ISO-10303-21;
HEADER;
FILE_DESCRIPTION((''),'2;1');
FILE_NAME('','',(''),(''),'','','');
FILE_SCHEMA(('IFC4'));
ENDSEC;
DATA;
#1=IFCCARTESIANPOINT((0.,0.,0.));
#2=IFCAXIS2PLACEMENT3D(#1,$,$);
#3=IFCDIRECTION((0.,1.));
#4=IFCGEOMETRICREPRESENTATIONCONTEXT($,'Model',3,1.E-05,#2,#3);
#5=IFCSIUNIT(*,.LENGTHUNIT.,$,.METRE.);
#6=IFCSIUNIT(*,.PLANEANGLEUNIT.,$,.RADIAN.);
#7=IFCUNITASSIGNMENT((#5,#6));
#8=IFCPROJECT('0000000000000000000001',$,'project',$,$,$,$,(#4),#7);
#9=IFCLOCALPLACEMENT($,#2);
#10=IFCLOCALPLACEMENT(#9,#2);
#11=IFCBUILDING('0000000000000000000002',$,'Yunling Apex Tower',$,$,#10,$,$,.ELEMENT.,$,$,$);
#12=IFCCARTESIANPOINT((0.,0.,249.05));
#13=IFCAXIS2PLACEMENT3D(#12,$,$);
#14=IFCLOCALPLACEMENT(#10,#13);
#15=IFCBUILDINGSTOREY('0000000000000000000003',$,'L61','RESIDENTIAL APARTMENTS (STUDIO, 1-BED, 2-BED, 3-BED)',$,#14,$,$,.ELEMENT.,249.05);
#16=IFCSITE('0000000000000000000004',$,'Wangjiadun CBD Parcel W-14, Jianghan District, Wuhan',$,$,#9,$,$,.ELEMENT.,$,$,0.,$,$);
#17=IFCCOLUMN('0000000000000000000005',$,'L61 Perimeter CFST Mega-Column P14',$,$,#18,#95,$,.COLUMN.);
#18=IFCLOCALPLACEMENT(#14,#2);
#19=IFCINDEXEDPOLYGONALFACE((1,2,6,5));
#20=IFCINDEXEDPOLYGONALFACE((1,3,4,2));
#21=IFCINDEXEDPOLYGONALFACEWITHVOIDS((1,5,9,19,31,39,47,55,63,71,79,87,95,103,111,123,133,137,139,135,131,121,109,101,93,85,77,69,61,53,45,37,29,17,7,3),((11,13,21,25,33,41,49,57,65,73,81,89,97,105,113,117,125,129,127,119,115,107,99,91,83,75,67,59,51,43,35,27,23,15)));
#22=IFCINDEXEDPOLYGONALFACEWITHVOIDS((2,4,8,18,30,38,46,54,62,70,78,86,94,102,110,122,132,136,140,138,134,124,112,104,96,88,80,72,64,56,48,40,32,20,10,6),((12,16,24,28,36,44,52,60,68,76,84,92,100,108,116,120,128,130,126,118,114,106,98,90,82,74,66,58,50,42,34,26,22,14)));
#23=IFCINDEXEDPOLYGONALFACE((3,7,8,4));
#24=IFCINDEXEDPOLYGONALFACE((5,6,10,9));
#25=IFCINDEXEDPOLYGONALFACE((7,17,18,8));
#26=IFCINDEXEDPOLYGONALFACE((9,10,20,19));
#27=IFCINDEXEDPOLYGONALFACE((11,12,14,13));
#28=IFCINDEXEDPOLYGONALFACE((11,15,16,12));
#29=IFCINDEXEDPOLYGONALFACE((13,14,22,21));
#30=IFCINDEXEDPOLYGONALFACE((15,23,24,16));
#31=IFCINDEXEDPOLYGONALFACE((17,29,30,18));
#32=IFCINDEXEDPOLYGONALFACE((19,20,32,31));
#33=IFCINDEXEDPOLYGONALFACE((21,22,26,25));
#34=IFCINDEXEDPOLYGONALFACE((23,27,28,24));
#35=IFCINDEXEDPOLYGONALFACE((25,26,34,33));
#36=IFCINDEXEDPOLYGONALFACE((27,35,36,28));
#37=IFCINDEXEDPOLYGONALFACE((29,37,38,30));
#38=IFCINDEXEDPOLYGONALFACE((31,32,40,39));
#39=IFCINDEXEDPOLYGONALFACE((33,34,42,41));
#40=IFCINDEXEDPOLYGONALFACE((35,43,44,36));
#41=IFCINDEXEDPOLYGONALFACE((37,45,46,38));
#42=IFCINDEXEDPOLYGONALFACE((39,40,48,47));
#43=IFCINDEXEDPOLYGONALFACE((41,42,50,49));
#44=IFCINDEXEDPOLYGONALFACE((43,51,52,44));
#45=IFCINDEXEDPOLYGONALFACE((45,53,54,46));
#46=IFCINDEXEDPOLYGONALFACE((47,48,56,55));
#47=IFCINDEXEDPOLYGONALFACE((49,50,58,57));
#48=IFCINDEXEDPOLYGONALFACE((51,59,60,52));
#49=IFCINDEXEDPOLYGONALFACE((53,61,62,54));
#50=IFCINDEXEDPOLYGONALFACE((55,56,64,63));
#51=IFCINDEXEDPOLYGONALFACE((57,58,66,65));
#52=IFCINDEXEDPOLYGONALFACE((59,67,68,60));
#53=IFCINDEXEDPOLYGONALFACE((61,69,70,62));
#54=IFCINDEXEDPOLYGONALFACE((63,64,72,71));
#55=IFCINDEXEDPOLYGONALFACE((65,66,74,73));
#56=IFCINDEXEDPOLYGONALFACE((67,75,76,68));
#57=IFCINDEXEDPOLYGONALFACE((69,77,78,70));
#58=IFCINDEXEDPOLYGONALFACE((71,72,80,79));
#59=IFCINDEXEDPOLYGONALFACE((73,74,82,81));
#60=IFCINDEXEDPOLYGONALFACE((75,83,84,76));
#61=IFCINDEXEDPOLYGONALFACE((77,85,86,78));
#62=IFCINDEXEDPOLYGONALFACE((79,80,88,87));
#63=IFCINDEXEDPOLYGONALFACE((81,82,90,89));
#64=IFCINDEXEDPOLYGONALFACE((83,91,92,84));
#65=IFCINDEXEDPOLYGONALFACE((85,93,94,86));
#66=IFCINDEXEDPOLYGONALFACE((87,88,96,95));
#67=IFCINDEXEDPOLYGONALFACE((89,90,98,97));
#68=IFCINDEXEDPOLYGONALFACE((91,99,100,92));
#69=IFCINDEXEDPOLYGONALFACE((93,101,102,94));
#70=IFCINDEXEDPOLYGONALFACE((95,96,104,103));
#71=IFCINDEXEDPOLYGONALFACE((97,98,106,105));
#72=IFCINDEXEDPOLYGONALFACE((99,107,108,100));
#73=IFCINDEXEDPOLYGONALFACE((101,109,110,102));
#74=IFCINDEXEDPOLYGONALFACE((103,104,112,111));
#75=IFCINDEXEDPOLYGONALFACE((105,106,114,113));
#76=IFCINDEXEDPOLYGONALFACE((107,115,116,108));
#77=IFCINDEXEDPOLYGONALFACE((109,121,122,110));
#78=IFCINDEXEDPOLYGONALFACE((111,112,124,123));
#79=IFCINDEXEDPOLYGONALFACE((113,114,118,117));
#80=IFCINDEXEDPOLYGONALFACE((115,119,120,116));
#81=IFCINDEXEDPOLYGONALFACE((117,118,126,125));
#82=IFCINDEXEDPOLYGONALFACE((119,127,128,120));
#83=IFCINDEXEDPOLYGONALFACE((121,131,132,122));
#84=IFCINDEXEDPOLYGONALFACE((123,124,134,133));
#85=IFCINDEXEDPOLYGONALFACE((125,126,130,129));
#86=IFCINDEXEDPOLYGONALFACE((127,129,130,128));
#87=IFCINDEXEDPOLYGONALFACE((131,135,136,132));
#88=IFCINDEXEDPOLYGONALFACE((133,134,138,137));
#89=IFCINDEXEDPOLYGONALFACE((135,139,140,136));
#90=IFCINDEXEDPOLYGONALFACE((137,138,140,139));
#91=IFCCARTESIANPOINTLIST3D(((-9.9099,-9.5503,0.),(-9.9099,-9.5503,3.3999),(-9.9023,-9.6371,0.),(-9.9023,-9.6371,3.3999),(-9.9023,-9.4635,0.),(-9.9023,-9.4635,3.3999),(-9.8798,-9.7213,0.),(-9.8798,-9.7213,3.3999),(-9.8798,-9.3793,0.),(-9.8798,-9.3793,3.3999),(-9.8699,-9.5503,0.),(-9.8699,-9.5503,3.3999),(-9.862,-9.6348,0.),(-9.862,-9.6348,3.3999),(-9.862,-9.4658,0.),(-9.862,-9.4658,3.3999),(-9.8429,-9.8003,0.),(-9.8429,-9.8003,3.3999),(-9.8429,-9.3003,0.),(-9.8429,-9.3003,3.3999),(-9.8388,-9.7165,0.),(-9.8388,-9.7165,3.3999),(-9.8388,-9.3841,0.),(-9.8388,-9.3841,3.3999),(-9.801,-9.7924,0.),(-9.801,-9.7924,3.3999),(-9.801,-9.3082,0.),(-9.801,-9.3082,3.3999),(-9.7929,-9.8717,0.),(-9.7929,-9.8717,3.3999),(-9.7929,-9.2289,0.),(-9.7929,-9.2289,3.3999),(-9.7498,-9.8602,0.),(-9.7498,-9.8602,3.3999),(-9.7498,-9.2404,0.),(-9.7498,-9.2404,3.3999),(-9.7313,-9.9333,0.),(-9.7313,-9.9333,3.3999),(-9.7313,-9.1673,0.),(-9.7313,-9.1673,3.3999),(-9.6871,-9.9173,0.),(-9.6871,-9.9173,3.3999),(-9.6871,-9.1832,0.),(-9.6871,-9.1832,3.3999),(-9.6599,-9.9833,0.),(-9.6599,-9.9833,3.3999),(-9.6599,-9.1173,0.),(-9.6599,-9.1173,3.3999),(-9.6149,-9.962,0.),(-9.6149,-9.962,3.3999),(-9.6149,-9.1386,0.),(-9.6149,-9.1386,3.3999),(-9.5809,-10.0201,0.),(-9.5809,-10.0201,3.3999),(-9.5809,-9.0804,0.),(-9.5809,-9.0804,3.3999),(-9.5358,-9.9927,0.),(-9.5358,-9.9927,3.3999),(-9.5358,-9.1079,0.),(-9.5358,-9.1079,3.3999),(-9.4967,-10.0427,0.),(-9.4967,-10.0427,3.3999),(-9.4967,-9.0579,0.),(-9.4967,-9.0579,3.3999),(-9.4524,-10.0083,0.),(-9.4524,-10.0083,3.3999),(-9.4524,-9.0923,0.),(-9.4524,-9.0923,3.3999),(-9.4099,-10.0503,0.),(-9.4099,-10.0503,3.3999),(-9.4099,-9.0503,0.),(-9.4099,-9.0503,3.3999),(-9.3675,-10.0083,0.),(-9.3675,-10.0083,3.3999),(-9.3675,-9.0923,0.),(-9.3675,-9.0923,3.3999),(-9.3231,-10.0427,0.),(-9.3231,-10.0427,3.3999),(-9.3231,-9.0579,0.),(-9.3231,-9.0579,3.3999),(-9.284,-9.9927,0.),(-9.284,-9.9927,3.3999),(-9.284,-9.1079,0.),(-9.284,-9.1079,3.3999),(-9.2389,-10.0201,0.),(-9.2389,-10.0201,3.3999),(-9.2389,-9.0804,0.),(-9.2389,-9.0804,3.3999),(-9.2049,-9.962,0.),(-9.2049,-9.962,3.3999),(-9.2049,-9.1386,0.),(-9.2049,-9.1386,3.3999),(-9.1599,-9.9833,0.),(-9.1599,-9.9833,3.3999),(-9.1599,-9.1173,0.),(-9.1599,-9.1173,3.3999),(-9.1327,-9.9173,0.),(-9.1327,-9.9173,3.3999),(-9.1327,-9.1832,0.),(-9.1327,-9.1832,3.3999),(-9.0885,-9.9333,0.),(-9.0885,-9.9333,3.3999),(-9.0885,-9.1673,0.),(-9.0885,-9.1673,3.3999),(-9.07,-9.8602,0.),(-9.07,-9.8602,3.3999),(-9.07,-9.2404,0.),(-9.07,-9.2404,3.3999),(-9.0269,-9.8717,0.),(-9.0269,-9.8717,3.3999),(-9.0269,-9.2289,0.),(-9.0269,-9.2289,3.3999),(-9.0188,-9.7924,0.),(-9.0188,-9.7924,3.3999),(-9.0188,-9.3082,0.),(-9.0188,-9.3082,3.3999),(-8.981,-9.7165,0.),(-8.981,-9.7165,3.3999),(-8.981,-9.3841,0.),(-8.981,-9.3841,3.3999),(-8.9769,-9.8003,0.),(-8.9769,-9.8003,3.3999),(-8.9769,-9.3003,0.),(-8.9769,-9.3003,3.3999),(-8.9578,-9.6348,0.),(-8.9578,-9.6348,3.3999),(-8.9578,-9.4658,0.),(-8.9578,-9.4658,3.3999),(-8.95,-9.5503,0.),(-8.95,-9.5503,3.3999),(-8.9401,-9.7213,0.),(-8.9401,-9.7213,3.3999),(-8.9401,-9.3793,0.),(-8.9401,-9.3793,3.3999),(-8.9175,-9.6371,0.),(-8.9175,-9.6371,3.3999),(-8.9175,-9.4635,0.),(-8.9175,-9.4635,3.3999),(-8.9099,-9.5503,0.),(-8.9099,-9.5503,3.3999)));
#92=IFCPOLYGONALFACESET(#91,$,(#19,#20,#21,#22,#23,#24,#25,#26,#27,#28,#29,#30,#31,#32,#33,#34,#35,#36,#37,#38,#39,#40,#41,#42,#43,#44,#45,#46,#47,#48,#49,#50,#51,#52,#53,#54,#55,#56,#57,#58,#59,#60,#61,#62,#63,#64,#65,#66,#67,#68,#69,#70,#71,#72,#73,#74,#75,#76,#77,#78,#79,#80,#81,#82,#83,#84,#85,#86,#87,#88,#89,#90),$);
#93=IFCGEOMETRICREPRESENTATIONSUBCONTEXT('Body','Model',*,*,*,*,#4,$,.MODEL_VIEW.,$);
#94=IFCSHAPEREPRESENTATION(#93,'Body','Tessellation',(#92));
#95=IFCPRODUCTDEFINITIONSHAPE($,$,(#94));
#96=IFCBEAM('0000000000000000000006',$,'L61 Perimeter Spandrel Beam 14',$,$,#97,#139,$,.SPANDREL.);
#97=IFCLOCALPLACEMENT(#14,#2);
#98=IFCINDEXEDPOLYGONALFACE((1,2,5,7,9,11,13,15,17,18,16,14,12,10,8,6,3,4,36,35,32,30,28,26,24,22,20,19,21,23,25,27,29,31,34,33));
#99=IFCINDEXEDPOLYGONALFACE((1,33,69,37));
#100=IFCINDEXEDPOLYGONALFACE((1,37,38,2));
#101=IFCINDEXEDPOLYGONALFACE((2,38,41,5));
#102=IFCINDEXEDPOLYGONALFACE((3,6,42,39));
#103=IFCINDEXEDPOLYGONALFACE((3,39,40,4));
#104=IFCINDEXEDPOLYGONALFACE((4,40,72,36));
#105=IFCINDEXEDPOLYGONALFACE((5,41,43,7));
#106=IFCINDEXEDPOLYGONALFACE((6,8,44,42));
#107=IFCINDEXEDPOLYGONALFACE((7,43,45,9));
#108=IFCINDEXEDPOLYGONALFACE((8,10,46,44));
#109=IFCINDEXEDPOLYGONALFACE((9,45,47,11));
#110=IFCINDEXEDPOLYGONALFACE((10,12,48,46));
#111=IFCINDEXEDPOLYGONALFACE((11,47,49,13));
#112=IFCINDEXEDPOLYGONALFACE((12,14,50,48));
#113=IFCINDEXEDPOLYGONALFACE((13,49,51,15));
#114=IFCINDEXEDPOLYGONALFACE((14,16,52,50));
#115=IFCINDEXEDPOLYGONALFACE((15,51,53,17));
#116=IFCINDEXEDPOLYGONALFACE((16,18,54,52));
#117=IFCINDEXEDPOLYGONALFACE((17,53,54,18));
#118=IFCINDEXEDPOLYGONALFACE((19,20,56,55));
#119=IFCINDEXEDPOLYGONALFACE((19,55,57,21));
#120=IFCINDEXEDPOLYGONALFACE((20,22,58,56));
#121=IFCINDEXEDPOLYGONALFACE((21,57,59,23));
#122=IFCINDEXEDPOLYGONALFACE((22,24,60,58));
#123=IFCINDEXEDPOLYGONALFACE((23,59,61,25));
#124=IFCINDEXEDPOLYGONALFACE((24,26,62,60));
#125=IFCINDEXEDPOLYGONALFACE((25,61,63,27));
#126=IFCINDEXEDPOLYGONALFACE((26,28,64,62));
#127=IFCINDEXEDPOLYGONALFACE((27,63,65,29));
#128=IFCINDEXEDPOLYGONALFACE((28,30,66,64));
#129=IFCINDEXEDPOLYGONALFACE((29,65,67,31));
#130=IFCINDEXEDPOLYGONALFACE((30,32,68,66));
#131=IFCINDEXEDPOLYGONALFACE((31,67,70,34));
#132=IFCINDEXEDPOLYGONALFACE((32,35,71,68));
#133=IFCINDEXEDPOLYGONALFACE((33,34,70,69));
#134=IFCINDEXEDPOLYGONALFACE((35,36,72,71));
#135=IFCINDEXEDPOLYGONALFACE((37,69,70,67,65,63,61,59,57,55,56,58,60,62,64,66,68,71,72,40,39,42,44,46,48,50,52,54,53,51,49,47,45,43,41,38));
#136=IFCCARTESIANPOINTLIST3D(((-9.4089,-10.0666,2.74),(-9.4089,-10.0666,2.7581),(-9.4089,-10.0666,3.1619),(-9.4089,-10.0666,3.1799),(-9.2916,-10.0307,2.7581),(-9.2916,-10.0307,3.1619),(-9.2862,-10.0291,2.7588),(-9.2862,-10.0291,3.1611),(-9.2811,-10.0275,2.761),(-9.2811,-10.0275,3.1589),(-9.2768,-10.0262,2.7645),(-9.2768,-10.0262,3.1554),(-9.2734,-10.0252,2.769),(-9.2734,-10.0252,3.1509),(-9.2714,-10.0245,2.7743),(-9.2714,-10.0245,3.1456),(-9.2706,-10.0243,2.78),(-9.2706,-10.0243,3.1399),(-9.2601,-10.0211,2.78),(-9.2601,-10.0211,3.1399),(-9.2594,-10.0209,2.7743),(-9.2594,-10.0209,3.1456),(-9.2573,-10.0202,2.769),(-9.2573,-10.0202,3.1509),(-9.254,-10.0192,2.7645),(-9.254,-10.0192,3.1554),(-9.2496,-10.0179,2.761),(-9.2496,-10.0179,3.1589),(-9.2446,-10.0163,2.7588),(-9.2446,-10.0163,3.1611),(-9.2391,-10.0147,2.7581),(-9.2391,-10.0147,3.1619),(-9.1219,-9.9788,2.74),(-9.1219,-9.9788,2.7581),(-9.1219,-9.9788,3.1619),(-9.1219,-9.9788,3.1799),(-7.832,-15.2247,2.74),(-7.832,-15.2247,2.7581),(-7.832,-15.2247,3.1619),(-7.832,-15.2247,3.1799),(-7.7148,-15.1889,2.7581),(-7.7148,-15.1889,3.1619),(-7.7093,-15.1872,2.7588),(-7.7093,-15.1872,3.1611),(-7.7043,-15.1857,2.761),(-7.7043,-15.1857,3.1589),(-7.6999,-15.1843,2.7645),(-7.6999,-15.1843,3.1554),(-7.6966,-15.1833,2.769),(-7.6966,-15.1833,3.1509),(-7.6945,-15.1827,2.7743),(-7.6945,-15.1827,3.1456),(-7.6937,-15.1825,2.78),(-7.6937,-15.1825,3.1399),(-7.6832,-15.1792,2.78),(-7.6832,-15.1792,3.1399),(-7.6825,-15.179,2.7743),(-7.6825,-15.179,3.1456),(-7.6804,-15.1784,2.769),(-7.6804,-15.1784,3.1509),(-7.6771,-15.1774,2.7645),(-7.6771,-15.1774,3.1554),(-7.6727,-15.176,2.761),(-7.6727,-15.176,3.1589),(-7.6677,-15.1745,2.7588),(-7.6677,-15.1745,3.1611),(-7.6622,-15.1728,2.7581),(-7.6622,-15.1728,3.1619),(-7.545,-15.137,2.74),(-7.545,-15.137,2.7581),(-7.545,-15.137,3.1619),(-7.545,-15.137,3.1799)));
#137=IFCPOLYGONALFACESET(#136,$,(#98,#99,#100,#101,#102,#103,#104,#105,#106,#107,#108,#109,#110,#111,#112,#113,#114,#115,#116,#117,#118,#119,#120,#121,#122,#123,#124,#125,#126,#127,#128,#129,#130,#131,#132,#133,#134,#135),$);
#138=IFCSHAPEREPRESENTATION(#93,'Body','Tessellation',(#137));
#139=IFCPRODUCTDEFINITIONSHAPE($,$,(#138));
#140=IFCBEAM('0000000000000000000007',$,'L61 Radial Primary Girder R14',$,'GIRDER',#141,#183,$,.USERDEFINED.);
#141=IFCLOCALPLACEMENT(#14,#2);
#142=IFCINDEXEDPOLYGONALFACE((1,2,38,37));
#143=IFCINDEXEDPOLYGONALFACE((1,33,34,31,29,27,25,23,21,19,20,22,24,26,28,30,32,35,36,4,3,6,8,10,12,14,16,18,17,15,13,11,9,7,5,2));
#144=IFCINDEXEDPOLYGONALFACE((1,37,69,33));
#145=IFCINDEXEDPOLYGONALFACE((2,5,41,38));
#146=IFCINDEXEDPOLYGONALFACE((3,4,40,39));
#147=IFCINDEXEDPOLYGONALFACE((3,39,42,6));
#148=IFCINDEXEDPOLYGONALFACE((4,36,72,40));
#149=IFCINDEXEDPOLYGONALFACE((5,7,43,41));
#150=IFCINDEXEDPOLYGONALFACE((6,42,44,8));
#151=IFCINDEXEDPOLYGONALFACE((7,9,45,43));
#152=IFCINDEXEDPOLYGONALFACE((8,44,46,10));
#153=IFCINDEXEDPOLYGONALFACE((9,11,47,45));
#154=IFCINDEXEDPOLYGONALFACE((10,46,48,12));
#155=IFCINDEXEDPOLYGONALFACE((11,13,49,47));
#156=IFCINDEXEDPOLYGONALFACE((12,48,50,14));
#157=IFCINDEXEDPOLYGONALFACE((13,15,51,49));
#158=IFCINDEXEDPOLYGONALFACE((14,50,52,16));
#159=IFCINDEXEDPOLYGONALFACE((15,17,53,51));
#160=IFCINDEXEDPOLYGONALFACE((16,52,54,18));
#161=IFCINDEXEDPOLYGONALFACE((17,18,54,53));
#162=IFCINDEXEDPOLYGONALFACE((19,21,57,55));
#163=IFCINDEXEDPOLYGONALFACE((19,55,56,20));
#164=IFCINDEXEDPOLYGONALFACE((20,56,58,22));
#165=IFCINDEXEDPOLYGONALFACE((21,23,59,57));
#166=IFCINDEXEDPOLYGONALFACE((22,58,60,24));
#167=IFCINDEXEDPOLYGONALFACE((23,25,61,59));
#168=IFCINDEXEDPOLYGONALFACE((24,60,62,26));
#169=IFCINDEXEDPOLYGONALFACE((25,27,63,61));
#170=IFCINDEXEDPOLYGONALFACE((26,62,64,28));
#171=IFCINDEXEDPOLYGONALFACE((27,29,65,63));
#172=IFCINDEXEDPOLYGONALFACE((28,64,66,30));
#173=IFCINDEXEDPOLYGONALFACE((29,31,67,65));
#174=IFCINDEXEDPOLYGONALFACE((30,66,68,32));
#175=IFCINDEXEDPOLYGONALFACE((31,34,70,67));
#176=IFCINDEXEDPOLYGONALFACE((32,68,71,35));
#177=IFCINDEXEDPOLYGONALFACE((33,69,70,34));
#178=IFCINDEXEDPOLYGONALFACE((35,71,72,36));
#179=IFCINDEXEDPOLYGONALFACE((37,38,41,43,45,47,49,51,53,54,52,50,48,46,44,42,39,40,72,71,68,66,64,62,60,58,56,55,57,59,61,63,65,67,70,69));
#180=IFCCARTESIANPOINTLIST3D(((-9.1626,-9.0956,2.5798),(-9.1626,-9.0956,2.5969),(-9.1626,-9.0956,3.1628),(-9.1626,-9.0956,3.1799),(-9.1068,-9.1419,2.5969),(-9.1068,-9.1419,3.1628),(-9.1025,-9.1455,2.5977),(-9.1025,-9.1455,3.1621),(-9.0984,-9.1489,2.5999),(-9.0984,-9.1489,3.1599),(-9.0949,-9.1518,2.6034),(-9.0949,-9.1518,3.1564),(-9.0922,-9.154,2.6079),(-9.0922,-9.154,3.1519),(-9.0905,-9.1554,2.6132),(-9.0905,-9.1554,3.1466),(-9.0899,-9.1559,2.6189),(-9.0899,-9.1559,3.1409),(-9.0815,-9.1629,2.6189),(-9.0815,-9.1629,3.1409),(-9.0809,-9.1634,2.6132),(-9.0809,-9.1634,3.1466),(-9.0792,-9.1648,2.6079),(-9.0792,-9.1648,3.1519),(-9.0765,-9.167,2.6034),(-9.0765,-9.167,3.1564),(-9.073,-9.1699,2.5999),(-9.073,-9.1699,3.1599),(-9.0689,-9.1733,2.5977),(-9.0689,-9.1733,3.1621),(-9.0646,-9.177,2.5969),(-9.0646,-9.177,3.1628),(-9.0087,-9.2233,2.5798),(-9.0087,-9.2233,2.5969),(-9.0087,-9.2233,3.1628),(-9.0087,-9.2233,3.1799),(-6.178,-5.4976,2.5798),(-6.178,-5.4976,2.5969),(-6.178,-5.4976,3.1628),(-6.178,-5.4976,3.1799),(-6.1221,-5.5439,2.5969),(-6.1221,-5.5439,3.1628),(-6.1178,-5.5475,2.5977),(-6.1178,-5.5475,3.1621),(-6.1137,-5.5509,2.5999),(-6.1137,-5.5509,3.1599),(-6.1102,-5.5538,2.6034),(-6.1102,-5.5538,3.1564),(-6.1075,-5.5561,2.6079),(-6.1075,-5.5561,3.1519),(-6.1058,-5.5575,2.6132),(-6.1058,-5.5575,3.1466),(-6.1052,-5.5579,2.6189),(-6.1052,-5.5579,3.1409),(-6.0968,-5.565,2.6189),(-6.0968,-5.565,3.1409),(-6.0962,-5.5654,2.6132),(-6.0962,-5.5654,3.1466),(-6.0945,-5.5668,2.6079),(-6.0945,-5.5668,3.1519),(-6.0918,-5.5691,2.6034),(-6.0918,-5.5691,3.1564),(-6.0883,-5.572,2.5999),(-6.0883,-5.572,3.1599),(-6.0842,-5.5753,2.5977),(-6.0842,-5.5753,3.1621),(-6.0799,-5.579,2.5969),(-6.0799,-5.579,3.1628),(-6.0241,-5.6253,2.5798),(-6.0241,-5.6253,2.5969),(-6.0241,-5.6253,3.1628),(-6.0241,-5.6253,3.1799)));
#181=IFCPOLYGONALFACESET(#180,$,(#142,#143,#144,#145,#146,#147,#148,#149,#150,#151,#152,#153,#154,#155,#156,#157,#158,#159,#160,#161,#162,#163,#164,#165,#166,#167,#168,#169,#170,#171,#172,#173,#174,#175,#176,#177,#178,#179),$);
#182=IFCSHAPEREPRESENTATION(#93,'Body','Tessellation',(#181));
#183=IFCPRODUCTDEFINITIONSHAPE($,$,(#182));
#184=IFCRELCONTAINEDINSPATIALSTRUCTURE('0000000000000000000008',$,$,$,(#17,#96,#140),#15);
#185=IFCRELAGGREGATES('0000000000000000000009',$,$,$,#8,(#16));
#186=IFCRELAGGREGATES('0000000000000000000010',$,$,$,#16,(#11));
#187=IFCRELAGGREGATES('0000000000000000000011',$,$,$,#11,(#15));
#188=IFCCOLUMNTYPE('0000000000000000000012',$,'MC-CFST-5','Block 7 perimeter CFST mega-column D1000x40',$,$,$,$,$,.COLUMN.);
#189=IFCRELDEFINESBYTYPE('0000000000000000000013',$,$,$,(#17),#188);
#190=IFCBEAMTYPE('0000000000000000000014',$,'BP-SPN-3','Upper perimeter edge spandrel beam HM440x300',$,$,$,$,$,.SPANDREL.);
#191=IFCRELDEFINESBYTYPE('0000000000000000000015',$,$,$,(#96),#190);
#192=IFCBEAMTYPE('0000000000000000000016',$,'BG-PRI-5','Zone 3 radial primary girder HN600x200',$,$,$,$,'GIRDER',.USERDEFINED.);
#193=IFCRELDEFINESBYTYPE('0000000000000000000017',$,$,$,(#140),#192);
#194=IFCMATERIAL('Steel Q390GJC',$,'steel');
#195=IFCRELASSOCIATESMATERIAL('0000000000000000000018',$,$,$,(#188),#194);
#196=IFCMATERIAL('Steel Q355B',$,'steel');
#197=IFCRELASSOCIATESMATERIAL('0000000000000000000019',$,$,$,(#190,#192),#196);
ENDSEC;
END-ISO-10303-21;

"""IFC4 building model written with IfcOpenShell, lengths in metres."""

from ifc_helpers import new_model, si_unit, direction, frame, origin, origin_2d, place, context, subcontext, project, spatial, hollow_circle, i_section, extrude, source, transform, mapped, material, material_profile, profile_set, type_object, element, save


model = new_model("IFC4")

# Units and contexts
model_context = context("Model", 3, precision=1e-05, world=origin(), true_north=direction((0.0, 1.0)))
body_context = subcontext(model_context, "Body", "Model", "MODEL_VIEW")
ifc_project = project(units=[si_unit("LENGTHUNIT", "METRE"), si_unit("PLANEANGLEUNIT", "RADIAN")], contexts=[model_context])

# Site, building, storey
site_placement = place(None, origin())
site = spatial("IfcSite", under=ifc_project, at=site_placement, Name="Wangjiadun CBD Parcel W-14, Jianghan District, Wuhan", CompositionType="ELEMENT", RefElevation=0.0)
building_placement = place(site_placement, origin())
building = spatial("IfcBuilding", under=site, at=building_placement, Name="Yunling Apex Tower", CompositionType="ELEMENT")
storey_placement = place(building_placement, frame((0.0, 0.0, 249.05)))
storey = spatial("IfcBuildingStorey", under=building, at=storey_placement, Name="L61", Description="RESIDENTIAL APARTMENTS (STUDIO, 1-BED, 2-BED, 3-BED)", CompositionType="ELEMENT", Elevation=249.05)

# Column
ifc_material_1 = material(Name="Steel Q390GJC", Category="steel")
ifc_material_profile_1 = material_profile(ifc_material_1, hollow_circle(Radius=0.5, WallThickness=0.04, at=origin_2d()))
ifc_profile_set_1 = profile_set([ifc_material_profile_1], Name="Steel Q390GJC")
column_type = type_object("IfcColumnType", Name="MC-CFST-5", Description="Block 7 perimeter CFST mega-column D1000x40", PredefinedType="COLUMN", material=ifc_profile_set_1)
shared_shape_1 = source(origin(), body_context, "Body", "SweptSolid", [
    extrude(hollow_circle(Radius=0.5, WallThickness=0.04, at=origin_2d()), origin(), (0.0, 0.0, 1.0), 3.3999),
])
column_placement = place(storey_placement, frame((-9.4099, -9.5503, 0.0), z_axis=(0.0, 0.0, 1.0), x_axis=(1.0, 0.0, 0.0)))
element("IfcColumn", 1, at=column_placement, inside=storey, type_object=column_type, Name="L61 Perimeter CFST Mega-Column P14", PredefinedType="COLUMN", context=body_context, shape_type="MappedRepresentation", body=[
    mapped(shared_shape_1, transform((0.0, 0.0, 0.0), scale=1.0)),
])

# Beams
ifc_material_2 = material(Name="Steel Q355B", Category="steel")
ifc_material_profile_2 = material_profile(ifc_material_2, i_section(OverallWidth=0.3, OverallDepth=0.4399, WebThickness=0.011, FlangeThickness=0.0181, FilletRadius=0.022, at=origin_2d()))
ifc_profile_set_2 = profile_set([ifc_material_profile_2], Name="Steel Q355B")
beam_type_1 = type_object("IfcBeamType", Name="BP-SPN-3", Description="Upper perimeter edge spandrel beam HM440x300", PredefinedType="SPANDREL", material=ifc_profile_set_2)
shared_shape_2 = source(origin(), body_context, "Body", "SweptSolid", [
    extrude(i_section(OverallWidth=0.3, OverallDepth=0.4399, WebThickness=0.011, FlangeThickness=0.0181, FilletRadius=0.022, at=origin_2d()), origin(), (0.0, 0.0, 1.0), 5.3938),
])
beam_1_placement = place(storey_placement, frame((-9.2654, -10.0227, 2.96), z_axis=(0.292352, -0.956311, 0.0), x_axis=(0.956311, 0.292352, 0.0)))
element("IfcBeam", 2, at=beam_1_placement, inside=storey, type_object=beam_type_1, Name="L61 Perimeter Spandrel Beam 14", PredefinedType="SPANDREL", context=body_context, shape_type="MappedRepresentation", body=[
    mapped(shared_shape_2, transform((0.0, 0.0, 0.0), scale=1.0)),
])
ifc_material_profile_3 = material_profile(ifc_material_2, i_section(OverallWidth=0.2, OverallDepth=0.6001, WebThickness=0.011, FlangeThickness=0.0171, FilletRadius=0.022, at=origin_2d()))
ifc_profile_set_3 = profile_set([ifc_material_profile_3], Name="Steel Q355B")
beam_type_2 = type_object("IfcBeamType", Name="BG-PRI-5", Description="Zone 3 radial primary girder HN600x200", ElementType="GIRDER", PredefinedType="USERDEFINED", material=ifc_profile_set_3)
shared_shape_3 = source(origin(), body_context, "Body", "SweptSolid", [
    extrude(i_section(OverallWidth=0.2, OverallDepth=0.6001, WebThickness=0.011, FlangeThickness=0.0171, FilletRadius=0.022, at=origin_2d()), origin(), (0.0, 0.0, 1.0), 4.6748),
])
beam_2_placement = place(storey_placement, frame((-9.0857, -9.1594, 2.8799), z_axis=(0.638462, 0.769653, 0.0), x_axis=(-0.769653, 0.638462, 0.0)))
element("IfcBeam", 3, at=beam_2_placement, inside=storey, type_object=beam_type_2, Name="L61 Radial Primary Girder R14", ObjectType="GIRDER", PredefinedType="USERDEFINED", context=body_context, shape_type="MappedRepresentation", body=[
    mapped(shared_shape_3, transform((0.0, 0.0, 0.0), scale=1.0)),
])

save(model, "model.ifc")
